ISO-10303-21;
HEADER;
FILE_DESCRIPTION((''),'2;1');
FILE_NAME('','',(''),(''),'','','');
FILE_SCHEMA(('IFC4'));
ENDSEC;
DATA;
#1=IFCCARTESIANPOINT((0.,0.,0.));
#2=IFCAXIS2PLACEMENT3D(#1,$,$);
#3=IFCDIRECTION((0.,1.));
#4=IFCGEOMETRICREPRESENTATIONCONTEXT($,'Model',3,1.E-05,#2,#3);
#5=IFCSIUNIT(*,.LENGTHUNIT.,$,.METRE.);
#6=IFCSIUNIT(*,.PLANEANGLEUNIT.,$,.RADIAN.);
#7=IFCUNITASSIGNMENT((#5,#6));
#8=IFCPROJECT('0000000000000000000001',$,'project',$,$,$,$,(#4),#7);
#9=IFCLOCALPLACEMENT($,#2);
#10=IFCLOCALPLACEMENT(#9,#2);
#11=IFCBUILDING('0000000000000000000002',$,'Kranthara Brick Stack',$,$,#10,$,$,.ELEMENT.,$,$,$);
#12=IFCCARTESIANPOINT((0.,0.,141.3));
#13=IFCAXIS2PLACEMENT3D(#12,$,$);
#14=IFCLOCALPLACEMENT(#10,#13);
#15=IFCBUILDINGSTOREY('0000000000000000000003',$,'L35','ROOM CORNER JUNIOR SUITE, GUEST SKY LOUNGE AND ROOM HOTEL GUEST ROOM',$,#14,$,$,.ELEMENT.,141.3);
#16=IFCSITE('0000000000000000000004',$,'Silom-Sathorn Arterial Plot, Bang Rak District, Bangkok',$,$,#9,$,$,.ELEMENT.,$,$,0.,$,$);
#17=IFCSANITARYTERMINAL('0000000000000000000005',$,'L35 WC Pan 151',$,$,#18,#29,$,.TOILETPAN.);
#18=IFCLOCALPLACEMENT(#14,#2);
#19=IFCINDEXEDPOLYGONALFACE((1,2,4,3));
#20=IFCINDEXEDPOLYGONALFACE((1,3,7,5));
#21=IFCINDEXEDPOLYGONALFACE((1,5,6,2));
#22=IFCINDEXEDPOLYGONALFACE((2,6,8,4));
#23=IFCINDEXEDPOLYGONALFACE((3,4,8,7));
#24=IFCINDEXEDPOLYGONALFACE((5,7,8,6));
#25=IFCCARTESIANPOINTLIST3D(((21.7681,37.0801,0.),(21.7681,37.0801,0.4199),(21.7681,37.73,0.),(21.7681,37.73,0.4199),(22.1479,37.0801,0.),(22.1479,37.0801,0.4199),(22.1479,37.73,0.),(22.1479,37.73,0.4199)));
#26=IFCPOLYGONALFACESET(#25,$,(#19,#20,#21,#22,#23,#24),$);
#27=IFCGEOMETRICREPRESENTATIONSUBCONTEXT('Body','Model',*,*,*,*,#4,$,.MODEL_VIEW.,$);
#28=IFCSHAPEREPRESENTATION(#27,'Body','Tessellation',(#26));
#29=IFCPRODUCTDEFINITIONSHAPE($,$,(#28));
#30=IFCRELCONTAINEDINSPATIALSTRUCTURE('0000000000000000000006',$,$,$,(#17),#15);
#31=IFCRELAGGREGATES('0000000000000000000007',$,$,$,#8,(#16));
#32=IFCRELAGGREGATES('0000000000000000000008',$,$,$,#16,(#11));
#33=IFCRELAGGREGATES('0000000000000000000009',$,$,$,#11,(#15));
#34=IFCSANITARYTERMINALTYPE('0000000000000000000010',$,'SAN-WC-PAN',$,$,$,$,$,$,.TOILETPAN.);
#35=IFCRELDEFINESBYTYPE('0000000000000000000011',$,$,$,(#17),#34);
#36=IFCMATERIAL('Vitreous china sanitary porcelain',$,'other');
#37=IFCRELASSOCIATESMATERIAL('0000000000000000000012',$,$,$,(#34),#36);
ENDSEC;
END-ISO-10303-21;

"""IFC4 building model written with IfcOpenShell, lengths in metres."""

from ifc_helpers import new_model, si_unit, direction, frame, origin, origin_2d, place, context, subcontext, project, spatial, rectangle, extrude, material, type_object, element, save


model = new_model("IFC4")

# Units and contexts
model_context = context("Model", 3, precision=1e-05, world=origin(), true_north=direction((0.0, 1.0)))
body_context = subcontext(model_context, "Body", "Model", "MODEL_VIEW")
ifc_project = project(units=[si_unit("LENGTHUNIT", "METRE"), si_unit("PLANEANGLEUNIT", "RADIAN")], contexts=[model_context])

# Site, building, storey
site_placement = place(None, origin())
site = spatial("IfcSite", under=ifc_project, at=site_placement, Name="Silom-Sathorn Arterial Plot, Bang Rak District, Bangkok", CompositionType="ELEMENT", RefElevation=0.0)
building_placement = place(site_placement, origin())
building = spatial("IfcBuilding", under=site, at=building_placement, Name="Kranthara Brick Stack", CompositionType="ELEMENT")
storey_placement = place(building_placement, frame((0.0, 0.0, 141.3)))
storey = spatial("IfcBuildingStorey", under=building, at=storey_placement, Name="L35", Description="ROOM CORNER JUNIOR SUITE, GUEST SKY LOUNGE AND ROOM HOTEL GUEST ROOM", CompositionType="ELEMENT", Elevation=141.3)

# Sanitary terminal
ifc_material_1 = material(Name="Vitreous china sanitary porcelain", Category="other")
sanitary_terminal_type_1 = type_object("IfcSanitaryTerminalType", Name="SAN-WC-PAN", PredefinedType="TOILETPAN", material=ifc_material_1)
sanitary_terminal_1_placement = place(storey_placement, frame((21.958, 37.405, 0.0), z_axis=(0.0, 0.0, 1.0), x_axis=(1.0, 0.0, 0.0)))
element("IfcSanitaryTerminal", 1, at=sanitary_terminal_1_placement, inside=storey, type_object=sanitary_terminal_type_1, Name="L35 WC Pan 151", PredefinedType="TOILETPAN", context=body_context, shape_type="SweptSolid", body=[
    extrude(rectangle(XDim=0.3799, YDim=0.6499, at=origin_2d()), origin(), (0.0, 0.0, 1.0), 0.4199),
])

save(model, "model.ifc")
